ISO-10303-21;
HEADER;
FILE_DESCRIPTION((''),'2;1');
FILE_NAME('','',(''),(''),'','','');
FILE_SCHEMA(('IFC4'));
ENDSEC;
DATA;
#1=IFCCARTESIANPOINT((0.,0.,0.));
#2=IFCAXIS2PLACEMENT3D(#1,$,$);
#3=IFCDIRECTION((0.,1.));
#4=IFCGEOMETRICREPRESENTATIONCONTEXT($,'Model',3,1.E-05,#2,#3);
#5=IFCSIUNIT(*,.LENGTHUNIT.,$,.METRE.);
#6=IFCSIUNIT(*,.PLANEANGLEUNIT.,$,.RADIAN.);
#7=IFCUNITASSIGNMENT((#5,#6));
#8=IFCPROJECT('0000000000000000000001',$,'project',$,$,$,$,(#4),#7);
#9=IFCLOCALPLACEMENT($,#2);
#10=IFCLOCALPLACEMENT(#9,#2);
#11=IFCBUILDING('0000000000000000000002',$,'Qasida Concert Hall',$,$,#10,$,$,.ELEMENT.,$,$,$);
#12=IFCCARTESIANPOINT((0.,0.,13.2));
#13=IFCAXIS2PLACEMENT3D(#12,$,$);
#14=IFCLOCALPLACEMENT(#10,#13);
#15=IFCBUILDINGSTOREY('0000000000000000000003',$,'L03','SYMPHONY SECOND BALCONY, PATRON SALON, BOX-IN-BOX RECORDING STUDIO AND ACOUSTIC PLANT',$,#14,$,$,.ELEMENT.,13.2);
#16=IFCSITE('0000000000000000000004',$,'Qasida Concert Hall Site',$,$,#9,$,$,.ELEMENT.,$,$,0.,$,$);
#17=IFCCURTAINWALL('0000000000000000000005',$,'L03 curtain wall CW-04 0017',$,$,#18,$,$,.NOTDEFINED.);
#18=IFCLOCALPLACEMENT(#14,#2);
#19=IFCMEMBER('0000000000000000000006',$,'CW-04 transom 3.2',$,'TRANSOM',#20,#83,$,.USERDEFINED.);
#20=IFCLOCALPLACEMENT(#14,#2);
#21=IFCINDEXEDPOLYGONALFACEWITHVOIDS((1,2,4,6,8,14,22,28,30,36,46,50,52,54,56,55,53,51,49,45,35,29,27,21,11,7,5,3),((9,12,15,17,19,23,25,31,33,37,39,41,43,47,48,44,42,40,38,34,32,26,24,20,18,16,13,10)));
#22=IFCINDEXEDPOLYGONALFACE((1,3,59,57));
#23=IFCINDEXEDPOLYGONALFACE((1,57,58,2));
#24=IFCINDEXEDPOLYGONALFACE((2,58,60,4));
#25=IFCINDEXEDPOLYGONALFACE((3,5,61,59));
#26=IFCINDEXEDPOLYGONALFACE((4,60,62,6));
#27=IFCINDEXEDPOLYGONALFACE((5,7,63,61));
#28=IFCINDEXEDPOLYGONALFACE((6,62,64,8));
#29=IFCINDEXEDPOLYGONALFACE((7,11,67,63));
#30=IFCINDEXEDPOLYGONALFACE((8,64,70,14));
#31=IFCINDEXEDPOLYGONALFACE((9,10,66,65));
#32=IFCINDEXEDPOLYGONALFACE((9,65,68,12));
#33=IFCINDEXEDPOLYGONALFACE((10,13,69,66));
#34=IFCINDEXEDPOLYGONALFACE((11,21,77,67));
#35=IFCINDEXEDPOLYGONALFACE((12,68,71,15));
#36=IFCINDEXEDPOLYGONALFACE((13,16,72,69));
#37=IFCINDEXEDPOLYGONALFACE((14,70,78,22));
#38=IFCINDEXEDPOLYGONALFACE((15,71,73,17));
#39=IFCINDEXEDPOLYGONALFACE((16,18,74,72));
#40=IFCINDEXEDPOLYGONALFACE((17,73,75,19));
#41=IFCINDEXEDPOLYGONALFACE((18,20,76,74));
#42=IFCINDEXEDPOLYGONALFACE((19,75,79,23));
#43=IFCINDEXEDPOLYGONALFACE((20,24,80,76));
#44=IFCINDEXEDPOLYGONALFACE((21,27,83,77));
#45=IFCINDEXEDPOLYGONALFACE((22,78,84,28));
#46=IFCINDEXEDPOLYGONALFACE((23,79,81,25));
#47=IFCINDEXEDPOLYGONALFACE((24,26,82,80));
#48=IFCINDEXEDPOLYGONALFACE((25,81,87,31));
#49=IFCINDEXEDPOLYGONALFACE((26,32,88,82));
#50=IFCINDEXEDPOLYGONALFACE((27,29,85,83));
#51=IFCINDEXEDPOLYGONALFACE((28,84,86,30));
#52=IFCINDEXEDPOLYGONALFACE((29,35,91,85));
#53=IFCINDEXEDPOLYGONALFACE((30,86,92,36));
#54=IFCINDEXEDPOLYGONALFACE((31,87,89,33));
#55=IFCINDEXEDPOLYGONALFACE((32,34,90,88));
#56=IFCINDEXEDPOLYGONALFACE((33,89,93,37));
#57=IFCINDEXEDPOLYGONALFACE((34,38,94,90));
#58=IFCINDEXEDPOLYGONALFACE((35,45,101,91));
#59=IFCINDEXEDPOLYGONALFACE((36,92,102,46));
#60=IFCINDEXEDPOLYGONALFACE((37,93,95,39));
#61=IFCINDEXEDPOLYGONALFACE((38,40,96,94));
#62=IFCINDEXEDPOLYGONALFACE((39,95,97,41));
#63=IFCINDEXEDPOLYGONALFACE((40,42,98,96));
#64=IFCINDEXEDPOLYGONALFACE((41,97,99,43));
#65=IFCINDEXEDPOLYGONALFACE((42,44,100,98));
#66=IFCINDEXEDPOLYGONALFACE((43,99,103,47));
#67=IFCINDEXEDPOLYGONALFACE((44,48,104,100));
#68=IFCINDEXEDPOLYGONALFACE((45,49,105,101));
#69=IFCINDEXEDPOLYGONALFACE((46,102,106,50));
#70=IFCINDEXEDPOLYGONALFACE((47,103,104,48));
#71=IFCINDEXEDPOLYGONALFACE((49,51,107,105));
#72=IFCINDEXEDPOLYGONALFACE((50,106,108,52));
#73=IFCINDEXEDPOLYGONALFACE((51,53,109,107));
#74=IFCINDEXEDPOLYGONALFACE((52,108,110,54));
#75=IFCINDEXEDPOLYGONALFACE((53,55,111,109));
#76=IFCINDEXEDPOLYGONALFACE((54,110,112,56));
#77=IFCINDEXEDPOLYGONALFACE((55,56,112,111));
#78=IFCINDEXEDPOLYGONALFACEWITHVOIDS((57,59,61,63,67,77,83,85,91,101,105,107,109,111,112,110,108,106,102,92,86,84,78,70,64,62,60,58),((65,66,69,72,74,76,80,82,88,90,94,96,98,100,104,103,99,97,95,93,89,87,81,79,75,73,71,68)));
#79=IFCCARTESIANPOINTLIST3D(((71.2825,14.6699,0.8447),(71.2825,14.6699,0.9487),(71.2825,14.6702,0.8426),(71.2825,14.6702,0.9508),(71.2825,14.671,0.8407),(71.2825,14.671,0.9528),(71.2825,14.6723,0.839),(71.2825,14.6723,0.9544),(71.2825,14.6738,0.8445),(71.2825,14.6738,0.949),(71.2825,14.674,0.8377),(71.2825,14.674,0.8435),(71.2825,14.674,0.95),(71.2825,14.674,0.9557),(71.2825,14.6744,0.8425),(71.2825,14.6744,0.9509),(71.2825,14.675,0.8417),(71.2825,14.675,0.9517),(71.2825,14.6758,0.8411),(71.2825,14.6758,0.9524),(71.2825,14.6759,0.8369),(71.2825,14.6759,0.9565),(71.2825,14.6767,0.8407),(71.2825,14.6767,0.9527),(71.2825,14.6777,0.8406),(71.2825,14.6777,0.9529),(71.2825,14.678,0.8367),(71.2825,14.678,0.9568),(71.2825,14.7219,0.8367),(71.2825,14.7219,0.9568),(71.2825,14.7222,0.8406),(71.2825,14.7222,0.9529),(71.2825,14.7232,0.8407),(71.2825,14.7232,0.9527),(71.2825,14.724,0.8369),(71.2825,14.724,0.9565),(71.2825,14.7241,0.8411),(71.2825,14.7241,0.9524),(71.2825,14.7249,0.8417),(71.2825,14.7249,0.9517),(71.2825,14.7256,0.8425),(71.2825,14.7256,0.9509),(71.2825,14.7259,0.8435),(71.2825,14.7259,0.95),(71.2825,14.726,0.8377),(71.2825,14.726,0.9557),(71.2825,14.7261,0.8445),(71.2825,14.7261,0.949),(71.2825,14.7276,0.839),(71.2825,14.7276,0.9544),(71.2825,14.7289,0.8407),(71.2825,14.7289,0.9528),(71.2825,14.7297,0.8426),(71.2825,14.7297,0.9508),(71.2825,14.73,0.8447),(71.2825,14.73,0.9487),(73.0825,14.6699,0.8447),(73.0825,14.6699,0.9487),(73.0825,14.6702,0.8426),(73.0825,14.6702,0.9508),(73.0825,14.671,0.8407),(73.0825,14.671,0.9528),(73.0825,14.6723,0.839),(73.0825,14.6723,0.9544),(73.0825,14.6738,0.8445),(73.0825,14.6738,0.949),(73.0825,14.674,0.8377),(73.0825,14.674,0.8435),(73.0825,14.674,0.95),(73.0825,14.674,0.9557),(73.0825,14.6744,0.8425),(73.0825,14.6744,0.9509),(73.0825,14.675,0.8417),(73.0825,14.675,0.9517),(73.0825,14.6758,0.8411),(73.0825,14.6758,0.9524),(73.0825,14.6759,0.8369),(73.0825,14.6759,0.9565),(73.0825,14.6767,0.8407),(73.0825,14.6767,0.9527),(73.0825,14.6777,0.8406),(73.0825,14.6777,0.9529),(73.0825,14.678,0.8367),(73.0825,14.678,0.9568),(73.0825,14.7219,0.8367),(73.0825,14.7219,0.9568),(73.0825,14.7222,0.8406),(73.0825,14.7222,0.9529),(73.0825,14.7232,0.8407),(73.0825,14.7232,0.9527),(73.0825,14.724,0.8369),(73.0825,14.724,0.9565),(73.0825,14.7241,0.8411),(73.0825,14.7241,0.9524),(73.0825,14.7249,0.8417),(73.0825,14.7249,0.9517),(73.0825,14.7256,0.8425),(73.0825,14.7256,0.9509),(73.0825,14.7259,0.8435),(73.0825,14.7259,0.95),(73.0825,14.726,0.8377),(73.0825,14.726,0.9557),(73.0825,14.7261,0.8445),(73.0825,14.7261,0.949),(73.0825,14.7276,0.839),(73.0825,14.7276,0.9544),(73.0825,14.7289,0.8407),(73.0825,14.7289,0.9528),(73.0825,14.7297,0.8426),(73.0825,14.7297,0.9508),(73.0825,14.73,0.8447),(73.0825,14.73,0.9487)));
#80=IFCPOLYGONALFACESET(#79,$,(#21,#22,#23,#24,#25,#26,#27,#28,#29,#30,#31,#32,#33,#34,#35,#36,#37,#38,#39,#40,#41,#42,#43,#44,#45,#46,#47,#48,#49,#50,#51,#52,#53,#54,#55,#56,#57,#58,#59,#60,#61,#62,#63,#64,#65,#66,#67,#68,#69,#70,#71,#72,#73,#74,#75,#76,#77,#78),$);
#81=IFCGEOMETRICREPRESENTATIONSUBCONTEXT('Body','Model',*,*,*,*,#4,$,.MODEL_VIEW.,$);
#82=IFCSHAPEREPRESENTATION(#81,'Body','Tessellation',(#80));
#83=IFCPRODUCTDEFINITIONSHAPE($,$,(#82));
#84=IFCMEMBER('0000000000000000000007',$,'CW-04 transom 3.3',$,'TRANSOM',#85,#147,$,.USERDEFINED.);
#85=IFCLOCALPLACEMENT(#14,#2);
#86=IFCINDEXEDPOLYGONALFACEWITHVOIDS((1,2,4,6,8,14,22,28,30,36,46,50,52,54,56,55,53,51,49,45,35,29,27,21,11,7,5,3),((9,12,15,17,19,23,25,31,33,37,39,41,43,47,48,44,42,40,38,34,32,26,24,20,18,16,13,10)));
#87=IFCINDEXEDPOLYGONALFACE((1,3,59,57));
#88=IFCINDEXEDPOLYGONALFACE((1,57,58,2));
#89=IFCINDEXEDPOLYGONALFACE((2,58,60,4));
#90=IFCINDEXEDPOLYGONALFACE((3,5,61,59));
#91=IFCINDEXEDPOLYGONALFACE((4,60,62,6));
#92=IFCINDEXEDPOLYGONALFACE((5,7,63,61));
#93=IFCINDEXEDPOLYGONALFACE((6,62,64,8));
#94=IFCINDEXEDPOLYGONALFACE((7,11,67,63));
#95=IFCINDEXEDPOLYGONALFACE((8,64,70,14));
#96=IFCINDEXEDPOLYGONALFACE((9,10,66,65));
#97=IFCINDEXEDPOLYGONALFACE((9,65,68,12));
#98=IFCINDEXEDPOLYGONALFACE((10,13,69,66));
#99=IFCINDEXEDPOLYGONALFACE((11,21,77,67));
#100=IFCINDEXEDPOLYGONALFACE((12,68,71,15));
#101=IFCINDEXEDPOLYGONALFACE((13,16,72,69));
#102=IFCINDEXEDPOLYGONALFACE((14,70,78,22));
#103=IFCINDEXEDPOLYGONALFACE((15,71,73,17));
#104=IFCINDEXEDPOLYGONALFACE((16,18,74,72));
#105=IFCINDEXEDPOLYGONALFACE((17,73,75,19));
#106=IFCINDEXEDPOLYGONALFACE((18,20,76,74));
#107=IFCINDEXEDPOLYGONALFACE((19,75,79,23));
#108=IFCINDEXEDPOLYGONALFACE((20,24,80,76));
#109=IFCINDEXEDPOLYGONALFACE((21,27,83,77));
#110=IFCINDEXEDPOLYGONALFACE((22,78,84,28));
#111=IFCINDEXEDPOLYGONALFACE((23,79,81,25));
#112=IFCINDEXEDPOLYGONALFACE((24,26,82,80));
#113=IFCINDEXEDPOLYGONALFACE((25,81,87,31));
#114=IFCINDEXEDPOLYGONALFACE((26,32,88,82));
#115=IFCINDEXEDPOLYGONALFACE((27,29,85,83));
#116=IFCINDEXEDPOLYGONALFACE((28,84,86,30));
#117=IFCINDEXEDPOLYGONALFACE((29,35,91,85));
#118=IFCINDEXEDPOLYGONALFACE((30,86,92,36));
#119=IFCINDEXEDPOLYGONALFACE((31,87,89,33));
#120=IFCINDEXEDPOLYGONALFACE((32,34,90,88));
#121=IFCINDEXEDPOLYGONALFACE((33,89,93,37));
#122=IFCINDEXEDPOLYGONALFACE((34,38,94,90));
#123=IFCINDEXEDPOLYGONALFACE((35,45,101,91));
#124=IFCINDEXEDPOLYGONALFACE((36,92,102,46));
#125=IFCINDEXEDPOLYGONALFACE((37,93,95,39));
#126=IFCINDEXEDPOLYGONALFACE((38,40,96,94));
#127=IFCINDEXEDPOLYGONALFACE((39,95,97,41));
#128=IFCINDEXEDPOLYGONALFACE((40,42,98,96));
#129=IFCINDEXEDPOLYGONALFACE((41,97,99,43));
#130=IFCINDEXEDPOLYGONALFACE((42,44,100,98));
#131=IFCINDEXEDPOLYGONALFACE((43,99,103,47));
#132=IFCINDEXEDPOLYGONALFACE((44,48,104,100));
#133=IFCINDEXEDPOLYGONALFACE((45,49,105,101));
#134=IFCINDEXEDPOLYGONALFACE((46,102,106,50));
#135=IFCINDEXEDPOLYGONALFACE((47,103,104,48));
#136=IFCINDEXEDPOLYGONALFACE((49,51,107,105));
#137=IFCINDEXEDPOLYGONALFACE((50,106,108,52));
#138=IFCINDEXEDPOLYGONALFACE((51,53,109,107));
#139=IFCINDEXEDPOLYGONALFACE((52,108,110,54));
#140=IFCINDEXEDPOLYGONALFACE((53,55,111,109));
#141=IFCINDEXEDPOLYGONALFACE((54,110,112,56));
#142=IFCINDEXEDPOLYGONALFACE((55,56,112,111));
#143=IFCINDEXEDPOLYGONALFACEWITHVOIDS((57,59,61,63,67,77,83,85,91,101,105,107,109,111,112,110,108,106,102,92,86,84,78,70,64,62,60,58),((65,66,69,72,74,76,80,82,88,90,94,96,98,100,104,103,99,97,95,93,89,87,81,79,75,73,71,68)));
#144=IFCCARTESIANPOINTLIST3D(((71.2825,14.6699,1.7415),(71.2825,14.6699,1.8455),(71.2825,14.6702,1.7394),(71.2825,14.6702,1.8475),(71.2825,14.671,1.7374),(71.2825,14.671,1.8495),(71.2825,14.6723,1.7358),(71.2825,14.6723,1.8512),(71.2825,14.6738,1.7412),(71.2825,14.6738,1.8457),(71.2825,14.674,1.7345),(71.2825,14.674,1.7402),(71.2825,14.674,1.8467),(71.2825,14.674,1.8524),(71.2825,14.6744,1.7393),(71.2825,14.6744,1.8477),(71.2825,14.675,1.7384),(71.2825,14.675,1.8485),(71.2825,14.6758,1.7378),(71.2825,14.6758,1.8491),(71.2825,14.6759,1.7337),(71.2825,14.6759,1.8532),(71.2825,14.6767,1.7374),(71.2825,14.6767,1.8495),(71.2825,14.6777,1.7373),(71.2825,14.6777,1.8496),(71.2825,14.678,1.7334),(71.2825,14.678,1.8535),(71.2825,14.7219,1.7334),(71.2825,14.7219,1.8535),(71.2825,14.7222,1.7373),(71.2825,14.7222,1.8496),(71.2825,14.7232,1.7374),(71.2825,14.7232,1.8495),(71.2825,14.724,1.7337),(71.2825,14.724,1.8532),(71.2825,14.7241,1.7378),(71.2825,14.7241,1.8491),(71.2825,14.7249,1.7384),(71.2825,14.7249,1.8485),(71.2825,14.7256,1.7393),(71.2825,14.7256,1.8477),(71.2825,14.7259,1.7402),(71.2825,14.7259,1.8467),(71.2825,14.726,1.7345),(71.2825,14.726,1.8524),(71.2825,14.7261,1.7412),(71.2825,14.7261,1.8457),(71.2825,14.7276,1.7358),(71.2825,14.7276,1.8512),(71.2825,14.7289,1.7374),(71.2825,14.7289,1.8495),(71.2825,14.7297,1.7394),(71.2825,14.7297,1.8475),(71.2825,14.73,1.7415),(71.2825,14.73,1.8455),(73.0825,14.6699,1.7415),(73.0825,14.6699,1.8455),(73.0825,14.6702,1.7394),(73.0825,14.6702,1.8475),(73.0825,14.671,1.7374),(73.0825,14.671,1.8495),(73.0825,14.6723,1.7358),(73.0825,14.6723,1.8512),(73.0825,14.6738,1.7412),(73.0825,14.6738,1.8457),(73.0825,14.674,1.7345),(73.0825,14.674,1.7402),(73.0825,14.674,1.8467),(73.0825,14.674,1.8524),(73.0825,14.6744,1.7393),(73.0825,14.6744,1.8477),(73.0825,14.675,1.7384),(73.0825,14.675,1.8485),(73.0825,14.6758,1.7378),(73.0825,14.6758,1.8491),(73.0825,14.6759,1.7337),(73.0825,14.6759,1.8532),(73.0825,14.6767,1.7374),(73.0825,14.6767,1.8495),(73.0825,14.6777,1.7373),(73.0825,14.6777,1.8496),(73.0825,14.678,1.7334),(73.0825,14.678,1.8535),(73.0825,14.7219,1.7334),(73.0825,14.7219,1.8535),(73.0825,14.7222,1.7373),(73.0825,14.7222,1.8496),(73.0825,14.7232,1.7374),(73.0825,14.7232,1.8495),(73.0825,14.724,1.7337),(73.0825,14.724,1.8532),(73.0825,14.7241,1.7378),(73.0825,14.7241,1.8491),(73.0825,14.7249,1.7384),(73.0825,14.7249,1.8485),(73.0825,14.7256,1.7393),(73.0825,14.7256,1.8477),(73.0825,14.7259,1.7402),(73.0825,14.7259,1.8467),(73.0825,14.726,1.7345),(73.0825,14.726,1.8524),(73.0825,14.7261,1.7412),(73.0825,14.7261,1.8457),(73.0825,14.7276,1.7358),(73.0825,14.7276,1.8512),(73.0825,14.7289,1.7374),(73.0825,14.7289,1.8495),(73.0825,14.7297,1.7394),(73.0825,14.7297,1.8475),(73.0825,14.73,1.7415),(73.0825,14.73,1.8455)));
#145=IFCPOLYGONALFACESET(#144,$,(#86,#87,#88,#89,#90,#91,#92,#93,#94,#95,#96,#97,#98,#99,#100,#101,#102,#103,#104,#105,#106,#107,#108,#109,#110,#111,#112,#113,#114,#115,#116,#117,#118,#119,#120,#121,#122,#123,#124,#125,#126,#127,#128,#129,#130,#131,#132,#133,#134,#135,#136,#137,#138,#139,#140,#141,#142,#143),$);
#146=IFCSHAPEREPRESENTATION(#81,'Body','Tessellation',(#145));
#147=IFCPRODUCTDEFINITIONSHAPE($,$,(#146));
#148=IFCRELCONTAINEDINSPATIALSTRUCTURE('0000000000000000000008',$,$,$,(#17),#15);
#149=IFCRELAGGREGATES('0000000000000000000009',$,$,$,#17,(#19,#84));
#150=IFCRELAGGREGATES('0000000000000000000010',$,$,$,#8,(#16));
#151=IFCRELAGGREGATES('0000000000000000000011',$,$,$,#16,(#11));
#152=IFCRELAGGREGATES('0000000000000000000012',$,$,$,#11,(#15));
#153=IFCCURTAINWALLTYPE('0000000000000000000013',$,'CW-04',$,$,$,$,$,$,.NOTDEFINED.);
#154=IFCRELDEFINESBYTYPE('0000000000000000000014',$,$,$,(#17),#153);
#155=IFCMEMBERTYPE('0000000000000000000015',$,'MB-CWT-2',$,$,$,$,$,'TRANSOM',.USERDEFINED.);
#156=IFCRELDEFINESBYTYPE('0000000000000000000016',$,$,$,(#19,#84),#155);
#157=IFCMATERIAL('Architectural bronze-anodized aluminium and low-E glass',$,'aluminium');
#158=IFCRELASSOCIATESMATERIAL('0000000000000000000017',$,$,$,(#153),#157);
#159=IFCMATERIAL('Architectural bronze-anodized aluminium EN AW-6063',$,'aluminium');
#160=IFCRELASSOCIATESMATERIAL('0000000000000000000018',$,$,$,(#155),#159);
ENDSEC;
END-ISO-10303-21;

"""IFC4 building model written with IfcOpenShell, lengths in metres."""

from ifc_helpers import new_model, si_unit, direction, frame, origin, origin_2d, place, context, subcontext, project, spatial, hollow_rectangle, extrude, material, material_profile, profile_set, type_object, element, aggregate, save


model = new_model("IFC4")

# Units and contexts
model_context = context("Model", 3, precision=1e-05, world=origin(), true_north=direction((0.0, 1.0)))
body_context = subcontext(model_context, "Body", "Model", "MODEL_VIEW")
ifc_project = project(units=[si_unit("LENGTHUNIT", "METRE"), si_unit("PLANEANGLEUNIT", "RADIAN")], contexts=[model_context])

# Site, building, storey
site_placement = place(None, origin())
site = spatial("IfcSite", under=ifc_project, at=site_placement, Name="Qasida Concert Hall Site", CompositionType="ELEMENT", RefElevation=0.0)
building_placement = place(site_placement, origin())
building = spatial("IfcBuilding", under=site, at=building_placement, Name="Qasida Concert Hall", CompositionType="ELEMENT")
storey_placement = place(building_placement, frame((0.0, 0.0, 13.2)))
storey = spatial("IfcBuildingStorey", under=building, at=storey_placement, Name="L03", Description="SYMPHONY SECOND BALCONY, PATRON SALON, BOX-IN-BOX RECORDING STUDIO AND ACOUSTIC PLANT", CompositionType="ELEMENT", Elevation=13.2)

# Curtain wall, members
ifc_material_1 = material(Name="Architectural bronze-anodized aluminium and low-E glass", Category="aluminium")
curtain_wall_type = type_object("IfcCurtainWallType", Name="CW-04", PredefinedType="NOTDEFINED", material=ifc_material_1)
curtain_wall_placement = place(storey_placement, origin())
curtain_wall = element("IfcCurtainWall", 1, at=curtain_wall_placement, inside=storey, type_object=curtain_wall_type, Name="L03 curtain wall CW-04 0017", PredefinedType="NOTDEFINED")
ifc_material_2 = material(Name="Architectural bronze-anodized aluminium EN AW-6063", Category="aluminium")
ifc_material_profile_1 = material_profile(ifc_material_2, hollow_rectangle(XDim=0.0601, YDim=0.1201, WallThickness=0.0039, InnerFilletRadius=0.0039, OuterFilletRadius=0.0081, at=origin_2d()), Name="CWT 120x60x4")
ifc_profile_set_1 = profile_set([ifc_material_profile_1], Name="Architectural bronze-anodized aluminium EN AW-6063")
member_type_1 = type_object("IfcMemberType", Name="MB-CWT-2", ElementType="TRANSOM", PredefinedType="USERDEFINED", material=ifc_profile_set_1)
member_1_placement = place(storey_placement, frame((71.2825, 14.7, 0.8967), z_axis=(1.0, 0.0, 0.0), x_axis=(0.0, 1.0, 0.0)))
member_1 = element("IfcMember", 2, at=member_1_placement, type_object=member_type_1, Name="CW-04 transom 3.2", ObjectType="TRANSOM", PredefinedType="USERDEFINED", context=body_context, shape_type="SweptSolid", body=[
    extrude(hollow_rectangle(XDim=0.0601, YDim=0.1201, WallThickness=0.0039, InnerFilletRadius=0.0039, OuterFilletRadius=0.0081, at=origin_2d()), origin(), (0.0, 0.0, 1.0), 1.8),
])
member_2_placement = place(storey_placement, frame((71.2825, 14.7, 1.7935), z_axis=(1.0, 0.0, 0.0), x_axis=(0.0, 1.0, 0.0)))
member_2 = element("IfcMember", 3, at=member_2_placement, type_object=member_type_1, Name="CW-04 transom 3.3", ObjectType="TRANSOM", PredefinedType="USERDEFINED", context=body_context, shape_type="SweptSolid", body=[
    extrude(hollow_rectangle(XDim=0.0601, YDim=0.1201, WallThickness=0.0039, InnerFilletRadius=0.0039, OuterFilletRadius=0.0081, at=origin_2d()), origin(), (0.0, 0.0, 1.0), 1.8),
])
aggregate(curtain_wall, [member_1, member_2])

save(model, "model.ifc")
